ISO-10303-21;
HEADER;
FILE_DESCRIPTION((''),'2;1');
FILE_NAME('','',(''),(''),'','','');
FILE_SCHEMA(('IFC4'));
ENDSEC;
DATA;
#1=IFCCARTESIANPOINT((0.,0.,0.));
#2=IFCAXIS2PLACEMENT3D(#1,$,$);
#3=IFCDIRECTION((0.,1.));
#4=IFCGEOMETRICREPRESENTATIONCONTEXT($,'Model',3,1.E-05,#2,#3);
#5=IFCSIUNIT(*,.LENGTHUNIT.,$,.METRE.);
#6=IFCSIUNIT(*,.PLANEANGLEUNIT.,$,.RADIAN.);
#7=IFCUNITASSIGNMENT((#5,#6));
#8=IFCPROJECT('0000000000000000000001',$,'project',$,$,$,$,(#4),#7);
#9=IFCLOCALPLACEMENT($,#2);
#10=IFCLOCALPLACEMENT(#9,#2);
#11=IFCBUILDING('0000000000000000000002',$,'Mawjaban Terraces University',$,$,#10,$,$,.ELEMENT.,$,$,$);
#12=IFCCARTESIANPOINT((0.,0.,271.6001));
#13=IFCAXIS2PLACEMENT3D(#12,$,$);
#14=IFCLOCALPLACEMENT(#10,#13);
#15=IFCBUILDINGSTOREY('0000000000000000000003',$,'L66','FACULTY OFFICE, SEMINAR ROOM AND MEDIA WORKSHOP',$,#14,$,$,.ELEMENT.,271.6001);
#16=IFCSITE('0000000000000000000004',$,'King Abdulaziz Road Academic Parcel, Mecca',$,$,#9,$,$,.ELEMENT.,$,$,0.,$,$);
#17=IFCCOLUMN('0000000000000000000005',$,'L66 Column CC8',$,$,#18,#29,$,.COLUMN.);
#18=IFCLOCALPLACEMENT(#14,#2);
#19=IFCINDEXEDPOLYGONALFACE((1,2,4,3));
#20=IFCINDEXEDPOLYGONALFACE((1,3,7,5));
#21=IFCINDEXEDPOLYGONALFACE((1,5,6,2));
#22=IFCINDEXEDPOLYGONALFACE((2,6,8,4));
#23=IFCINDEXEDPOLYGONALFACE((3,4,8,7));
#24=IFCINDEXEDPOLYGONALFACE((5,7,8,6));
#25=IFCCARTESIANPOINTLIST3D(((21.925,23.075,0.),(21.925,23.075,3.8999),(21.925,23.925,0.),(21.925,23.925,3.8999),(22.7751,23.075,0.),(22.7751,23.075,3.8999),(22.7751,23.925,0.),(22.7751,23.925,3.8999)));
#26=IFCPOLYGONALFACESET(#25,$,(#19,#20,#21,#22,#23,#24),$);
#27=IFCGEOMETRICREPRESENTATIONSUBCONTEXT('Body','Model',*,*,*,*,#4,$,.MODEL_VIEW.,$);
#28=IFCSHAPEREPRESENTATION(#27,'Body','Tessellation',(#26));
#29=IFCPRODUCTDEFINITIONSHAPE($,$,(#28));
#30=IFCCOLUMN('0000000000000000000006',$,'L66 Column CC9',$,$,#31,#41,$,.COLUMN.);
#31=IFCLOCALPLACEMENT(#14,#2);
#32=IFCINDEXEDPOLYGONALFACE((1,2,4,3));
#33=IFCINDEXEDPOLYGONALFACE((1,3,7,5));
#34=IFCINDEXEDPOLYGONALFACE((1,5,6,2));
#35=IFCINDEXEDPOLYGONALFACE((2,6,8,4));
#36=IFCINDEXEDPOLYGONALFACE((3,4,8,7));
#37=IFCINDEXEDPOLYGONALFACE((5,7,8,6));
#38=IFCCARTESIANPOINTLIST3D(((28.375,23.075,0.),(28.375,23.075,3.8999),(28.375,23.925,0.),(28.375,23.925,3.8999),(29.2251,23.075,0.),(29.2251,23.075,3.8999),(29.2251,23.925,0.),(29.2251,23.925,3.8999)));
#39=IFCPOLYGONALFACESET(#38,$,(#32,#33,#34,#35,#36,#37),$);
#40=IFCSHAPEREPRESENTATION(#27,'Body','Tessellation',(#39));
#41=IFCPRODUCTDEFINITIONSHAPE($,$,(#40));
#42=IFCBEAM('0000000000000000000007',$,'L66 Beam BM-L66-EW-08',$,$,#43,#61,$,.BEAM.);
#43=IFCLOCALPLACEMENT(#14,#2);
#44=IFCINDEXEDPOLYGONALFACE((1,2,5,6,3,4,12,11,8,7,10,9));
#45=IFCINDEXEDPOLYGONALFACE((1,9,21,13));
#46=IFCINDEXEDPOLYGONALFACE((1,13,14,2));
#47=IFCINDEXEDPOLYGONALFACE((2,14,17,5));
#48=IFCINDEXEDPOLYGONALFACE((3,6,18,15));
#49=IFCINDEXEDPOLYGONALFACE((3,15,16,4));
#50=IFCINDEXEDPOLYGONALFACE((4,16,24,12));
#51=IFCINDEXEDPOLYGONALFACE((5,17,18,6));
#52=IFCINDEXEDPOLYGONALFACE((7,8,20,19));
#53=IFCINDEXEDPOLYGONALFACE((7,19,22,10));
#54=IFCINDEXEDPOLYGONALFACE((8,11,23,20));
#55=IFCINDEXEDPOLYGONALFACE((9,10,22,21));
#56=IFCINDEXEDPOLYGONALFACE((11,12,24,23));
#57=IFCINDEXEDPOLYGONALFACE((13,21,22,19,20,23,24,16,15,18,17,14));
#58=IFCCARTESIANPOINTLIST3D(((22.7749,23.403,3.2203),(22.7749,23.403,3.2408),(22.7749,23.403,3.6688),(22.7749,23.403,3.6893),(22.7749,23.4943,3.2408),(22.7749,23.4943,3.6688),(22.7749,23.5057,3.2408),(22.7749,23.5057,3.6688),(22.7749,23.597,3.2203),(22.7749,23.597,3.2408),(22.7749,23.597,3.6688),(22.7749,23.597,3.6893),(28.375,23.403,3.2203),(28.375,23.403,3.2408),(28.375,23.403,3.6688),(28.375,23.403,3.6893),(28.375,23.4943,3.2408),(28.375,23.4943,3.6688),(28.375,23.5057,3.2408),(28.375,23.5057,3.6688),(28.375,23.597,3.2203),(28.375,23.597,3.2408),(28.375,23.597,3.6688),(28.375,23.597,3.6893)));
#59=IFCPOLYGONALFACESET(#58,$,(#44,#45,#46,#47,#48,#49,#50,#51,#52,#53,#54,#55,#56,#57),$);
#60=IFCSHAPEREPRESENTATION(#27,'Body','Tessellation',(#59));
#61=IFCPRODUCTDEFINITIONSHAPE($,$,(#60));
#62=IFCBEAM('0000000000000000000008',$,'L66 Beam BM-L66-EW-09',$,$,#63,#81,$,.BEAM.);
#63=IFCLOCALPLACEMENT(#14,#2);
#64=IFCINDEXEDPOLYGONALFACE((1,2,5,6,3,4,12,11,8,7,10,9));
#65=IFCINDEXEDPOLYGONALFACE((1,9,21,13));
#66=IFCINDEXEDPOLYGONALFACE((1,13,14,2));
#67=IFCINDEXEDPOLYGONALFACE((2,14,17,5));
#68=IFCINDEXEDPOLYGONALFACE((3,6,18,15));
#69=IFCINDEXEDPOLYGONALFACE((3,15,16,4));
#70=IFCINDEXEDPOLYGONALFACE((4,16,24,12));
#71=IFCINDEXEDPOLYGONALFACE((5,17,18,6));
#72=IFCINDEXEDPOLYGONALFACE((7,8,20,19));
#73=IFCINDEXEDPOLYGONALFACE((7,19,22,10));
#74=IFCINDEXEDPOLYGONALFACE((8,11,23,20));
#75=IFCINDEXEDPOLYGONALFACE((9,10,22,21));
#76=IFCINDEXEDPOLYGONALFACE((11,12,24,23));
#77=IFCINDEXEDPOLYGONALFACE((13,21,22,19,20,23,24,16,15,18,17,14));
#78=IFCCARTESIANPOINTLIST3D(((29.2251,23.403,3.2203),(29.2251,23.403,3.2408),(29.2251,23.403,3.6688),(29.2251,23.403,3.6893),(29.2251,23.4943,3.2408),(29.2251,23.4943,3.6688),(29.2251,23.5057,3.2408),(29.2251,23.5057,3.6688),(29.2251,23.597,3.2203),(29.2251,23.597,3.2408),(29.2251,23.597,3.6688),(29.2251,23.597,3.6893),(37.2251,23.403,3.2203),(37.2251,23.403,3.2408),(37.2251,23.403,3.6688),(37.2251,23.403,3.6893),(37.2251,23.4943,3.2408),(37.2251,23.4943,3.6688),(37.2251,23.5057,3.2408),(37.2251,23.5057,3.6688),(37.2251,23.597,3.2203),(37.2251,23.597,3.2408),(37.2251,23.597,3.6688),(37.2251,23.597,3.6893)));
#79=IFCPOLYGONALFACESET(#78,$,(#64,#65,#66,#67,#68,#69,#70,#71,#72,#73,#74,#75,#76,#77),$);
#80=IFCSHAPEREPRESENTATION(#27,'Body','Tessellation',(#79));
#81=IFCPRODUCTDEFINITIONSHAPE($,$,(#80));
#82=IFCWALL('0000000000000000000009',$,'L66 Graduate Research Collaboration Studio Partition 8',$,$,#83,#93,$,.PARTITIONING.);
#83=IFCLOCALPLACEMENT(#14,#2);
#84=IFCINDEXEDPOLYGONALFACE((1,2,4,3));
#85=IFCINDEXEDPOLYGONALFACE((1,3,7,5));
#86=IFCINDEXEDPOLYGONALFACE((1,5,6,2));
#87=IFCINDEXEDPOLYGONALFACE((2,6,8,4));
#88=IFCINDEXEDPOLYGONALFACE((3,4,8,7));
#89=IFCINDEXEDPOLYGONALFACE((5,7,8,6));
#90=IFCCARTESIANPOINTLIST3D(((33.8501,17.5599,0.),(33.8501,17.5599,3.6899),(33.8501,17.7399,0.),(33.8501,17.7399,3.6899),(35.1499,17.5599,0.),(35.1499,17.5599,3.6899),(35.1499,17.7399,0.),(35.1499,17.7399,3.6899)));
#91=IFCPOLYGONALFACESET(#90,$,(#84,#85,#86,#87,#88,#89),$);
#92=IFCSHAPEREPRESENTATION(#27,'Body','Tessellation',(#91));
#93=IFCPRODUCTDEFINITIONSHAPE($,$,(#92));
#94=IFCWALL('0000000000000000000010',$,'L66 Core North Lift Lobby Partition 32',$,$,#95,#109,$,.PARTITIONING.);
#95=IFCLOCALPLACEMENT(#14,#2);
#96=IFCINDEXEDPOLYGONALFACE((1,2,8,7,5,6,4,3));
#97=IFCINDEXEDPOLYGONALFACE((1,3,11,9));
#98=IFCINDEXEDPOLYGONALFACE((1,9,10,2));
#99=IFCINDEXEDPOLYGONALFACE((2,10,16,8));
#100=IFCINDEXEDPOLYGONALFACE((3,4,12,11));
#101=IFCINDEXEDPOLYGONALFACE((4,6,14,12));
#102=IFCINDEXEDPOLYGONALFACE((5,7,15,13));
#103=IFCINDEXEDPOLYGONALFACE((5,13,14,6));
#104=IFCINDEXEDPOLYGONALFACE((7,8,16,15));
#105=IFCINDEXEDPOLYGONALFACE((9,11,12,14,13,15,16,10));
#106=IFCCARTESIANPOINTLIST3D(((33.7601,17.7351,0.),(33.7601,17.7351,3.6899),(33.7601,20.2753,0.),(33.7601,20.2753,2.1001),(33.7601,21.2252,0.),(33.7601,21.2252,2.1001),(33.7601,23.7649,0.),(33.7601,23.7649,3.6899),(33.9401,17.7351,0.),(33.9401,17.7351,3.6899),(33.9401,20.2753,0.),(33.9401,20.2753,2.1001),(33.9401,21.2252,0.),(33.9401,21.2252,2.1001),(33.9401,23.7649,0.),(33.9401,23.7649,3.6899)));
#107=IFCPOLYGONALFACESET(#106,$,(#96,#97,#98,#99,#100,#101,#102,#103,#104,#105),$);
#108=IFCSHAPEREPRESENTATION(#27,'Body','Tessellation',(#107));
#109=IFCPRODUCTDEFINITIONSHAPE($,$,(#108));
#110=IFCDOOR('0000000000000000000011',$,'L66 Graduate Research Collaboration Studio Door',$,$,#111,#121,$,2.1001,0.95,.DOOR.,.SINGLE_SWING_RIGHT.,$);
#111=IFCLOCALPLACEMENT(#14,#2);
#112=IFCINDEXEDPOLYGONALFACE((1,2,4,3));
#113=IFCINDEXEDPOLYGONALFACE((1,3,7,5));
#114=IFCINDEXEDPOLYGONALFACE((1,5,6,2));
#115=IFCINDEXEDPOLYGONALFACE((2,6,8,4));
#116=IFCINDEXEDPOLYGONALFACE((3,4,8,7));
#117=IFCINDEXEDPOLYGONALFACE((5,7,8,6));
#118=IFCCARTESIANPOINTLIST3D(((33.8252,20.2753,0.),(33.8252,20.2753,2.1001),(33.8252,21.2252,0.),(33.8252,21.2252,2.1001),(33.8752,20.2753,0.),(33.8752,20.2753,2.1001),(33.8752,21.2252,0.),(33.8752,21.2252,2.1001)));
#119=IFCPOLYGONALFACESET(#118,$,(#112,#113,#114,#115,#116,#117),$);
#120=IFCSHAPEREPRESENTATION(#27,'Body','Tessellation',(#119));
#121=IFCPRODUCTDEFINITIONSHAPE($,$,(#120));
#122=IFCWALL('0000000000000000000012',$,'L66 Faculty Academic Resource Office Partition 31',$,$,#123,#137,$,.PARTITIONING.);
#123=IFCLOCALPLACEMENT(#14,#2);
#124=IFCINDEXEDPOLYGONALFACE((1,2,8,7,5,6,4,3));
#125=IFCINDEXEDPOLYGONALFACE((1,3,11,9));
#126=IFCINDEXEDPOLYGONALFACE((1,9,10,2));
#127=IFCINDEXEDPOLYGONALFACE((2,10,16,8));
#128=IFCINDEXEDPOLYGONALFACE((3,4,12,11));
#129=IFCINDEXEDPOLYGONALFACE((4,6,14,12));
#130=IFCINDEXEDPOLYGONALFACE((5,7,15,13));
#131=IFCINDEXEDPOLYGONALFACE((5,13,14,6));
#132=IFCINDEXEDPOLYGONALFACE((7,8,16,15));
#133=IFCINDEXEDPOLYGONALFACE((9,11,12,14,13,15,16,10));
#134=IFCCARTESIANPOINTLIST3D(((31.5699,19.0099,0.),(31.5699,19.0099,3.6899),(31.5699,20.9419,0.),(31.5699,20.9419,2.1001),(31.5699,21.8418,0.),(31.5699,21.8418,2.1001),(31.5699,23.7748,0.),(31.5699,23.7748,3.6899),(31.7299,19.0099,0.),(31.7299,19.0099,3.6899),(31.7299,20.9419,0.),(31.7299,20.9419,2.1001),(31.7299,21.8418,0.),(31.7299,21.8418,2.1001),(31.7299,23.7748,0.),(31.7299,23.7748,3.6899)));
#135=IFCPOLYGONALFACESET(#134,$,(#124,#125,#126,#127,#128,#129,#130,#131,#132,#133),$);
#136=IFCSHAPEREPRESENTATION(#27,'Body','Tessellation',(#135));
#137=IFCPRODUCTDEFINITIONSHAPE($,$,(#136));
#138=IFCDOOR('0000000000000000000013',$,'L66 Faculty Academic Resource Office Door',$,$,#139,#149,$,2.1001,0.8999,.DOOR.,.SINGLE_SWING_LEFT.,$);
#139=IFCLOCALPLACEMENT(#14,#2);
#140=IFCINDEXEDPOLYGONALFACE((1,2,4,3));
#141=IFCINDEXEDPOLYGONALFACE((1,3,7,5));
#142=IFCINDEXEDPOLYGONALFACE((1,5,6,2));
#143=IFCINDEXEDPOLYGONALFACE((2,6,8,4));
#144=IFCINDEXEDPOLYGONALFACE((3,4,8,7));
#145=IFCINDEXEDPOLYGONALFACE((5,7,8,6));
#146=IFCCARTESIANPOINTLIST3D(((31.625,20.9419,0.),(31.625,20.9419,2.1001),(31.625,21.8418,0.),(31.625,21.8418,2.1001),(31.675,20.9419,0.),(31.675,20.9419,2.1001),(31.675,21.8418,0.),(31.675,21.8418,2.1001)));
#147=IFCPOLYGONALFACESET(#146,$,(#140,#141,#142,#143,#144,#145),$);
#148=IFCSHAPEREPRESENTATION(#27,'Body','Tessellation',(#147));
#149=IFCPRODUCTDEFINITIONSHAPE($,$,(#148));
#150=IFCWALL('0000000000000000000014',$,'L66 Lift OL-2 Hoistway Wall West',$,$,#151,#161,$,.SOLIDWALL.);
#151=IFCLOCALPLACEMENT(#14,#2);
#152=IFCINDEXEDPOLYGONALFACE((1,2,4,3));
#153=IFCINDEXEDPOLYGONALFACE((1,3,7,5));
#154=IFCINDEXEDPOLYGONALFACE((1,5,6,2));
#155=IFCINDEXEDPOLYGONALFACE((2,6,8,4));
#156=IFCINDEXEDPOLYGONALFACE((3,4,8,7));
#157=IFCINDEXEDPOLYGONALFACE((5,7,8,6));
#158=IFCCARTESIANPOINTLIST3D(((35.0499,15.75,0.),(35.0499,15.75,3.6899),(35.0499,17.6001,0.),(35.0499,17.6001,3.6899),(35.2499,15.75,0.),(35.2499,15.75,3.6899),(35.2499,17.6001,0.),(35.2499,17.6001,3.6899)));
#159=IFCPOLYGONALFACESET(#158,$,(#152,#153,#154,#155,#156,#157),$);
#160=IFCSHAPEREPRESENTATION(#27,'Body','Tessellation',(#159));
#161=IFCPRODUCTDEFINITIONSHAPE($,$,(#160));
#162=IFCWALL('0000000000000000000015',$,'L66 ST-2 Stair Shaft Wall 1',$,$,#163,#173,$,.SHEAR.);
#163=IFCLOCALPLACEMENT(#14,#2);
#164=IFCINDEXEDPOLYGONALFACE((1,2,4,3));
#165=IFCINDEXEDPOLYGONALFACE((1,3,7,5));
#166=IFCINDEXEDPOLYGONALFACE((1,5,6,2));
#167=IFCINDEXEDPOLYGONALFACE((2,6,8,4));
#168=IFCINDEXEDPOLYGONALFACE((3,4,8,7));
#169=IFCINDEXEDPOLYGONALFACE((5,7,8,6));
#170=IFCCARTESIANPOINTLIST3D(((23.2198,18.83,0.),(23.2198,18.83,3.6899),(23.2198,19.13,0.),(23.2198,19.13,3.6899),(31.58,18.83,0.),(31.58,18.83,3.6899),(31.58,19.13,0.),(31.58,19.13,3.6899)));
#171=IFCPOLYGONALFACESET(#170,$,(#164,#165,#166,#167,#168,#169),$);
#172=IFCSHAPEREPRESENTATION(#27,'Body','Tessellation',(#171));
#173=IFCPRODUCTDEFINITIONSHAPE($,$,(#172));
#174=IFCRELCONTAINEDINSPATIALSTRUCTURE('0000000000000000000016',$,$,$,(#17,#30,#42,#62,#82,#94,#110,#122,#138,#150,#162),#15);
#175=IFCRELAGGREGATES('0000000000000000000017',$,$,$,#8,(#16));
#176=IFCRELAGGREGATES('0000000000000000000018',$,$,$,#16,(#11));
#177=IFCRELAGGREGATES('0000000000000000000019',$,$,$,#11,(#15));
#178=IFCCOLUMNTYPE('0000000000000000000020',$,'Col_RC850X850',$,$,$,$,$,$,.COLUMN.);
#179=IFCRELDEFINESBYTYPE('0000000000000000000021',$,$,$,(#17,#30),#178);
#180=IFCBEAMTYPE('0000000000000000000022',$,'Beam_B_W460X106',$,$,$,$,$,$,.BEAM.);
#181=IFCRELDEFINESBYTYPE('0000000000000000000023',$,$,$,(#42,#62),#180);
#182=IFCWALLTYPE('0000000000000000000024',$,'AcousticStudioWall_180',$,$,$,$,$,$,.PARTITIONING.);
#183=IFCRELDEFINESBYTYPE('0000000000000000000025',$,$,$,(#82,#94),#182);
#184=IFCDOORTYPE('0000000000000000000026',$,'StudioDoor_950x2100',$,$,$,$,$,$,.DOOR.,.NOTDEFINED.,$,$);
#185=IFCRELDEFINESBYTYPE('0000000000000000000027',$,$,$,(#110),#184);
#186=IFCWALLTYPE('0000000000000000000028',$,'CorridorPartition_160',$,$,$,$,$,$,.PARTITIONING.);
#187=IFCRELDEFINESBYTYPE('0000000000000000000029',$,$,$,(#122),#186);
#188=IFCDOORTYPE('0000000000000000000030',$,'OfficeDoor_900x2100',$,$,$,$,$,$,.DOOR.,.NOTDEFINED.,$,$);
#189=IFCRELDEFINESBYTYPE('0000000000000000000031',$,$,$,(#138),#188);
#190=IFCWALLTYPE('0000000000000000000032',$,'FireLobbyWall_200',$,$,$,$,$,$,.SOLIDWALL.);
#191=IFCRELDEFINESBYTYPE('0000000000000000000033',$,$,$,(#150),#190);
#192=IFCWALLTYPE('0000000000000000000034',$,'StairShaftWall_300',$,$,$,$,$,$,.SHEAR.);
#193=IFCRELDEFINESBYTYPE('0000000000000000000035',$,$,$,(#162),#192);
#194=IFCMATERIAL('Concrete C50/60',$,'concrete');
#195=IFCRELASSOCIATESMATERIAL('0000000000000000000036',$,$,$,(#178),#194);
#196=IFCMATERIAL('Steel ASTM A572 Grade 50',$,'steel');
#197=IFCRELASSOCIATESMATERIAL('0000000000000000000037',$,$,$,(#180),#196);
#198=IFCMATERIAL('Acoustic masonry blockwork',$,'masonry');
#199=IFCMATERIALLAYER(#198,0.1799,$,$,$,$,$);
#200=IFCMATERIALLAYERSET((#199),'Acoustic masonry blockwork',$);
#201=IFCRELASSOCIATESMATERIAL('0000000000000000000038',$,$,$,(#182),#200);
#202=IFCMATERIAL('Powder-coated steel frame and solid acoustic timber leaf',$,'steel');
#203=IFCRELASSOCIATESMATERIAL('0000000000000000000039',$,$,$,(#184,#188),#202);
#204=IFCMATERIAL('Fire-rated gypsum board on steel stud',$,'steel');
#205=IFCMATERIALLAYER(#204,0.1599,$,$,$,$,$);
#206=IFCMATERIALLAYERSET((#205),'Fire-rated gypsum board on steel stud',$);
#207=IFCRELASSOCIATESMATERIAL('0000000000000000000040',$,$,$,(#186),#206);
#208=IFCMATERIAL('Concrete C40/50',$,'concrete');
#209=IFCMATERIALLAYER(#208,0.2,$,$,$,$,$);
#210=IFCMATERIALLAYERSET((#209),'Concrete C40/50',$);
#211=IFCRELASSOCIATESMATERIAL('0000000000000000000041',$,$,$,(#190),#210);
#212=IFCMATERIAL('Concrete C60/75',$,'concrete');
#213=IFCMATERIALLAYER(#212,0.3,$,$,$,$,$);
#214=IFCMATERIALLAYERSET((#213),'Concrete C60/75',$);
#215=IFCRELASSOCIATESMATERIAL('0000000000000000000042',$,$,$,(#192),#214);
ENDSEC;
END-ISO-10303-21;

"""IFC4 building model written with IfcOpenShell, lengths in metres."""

from ifc_helpers import new_model, si_unit, direction, frame, frame_2d, origin, origin_2d, place, context, subcontext, project, spatial, rectangle, i_section, extrude, material, layer, layer_set, material_profile, profile_set, type_object, element, fill, save


model = new_model("IFC4")

# Units and contexts
model_context = context("Model", 3, precision=1e-05, world=origin(), true_north=direction((0.0, 1.0)))
body_context = subcontext(model_context, "Body", "Model", "MODEL_VIEW")
ifc_project = project(units=[si_unit("LENGTHUNIT", "METRE"), si_unit("PLANEANGLEUNIT", "RADIAN")], contexts=[model_context])

# Site, building, storey
site_placement = place(None, origin())
site = spatial("IfcSite", under=ifc_project, at=site_placement, Name="King Abdulaziz Road Academic Parcel, Mecca", CompositionType="ELEMENT", RefElevation=0.0)
building_placement = place(site_placement, origin())
building = spatial("IfcBuilding", under=site, at=building_placement, Name="Mawjaban Terraces University", CompositionType="ELEMENT")
storey_placement = place(building_placement, frame((0.0, 0.0, 271.6001)))
storey = spatial("IfcBuildingStorey", under=building, at=storey_placement, Name="L66", Description="FACULTY OFFICE, SEMINAR ROOM AND MEDIA WORKSHOP", CompositionType="ELEMENT", Elevation=271.6001)

# Columns
ifc_material_1 = material(Name="Concrete C50/60", Category="concrete")
ifc_material_profile_1 = material_profile(ifc_material_1, rectangle(XDim=0.8501, YDim=0.8501, at=origin_2d()), Name="RC850X850")
ifc_profile_set_1 = profile_set([ifc_material_profile_1], Name="Concrete C50/60")
column_type = type_object("IfcColumnType", Name="Col_RC850X850", PredefinedType="COLUMN", material=ifc_profile_set_1)
for number, where, z_axis, x_axis, name in (
    (1, (22.3501, 23.5, 0.0), (0.0, 0.0, 1.0), (1.0, 0.0, 0.0), "L66 Column CC8"),
    (2, (28.8, 23.5, 0.0), (0.0, 0.0, 1.0), (1.0, 0.0, 0.0), "L66 Column CC9"),
):
    element("IfcColumn", number, at=place(storey_placement, frame(where, z_axis=z_axis, x_axis=x_axis)), inside=storey, type_object=column_type, Name=name, PredefinedType="COLUMN", context=body_context, shape_type="SweptSolid", body=[
        extrude(rectangle(XDim=0.8501, YDim=0.8501, at=origin_2d()), origin(), (0.0, 0.0, 1.0), 3.8999),
    ])

# Beams
ifc_material_2 = material(Name="Steel ASTM A572 Grade 50", Category="steel")
ifc_material_profile_2 = material_profile(ifc_material_2, i_section(OverallWidth=0.1941, OverallDepth=0.469, WebThickness=0.0115, FlangeThickness=0.0205, at=origin_2d()), Name="W460X106")
ifc_profile_set_2 = profile_set([ifc_material_profile_2], Name="Steel ASTM A572 Grade 50")
beam_type = type_object("IfcBeamType", Name="Beam_B_W460X106", PredefinedType="BEAM", material=ifc_profile_set_2)
beam_1_placement = place(storey_placement, frame((22.7749, 23.5, 3.4548), z_axis=(1.0, 0.0, 0.0), x_axis=(0.0, 1.0, 0.0)))
element("IfcBeam", 3, at=beam_1_placement, inside=storey, type_object=beam_type, Name="L66 Beam BM-L66-EW-08", PredefinedType="BEAM", context=body_context, shape_type="SweptSolid", body=[
    extrude(i_section(OverallWidth=0.1941, OverallDepth=0.469, WebThickness=0.0115, FlangeThickness=0.0205, at=origin_2d()), origin(), (0.0, 0.0, 1.0), 5.6001),
])
beam_2_placement = place(storey_placement, frame((29.2251, 23.5, 3.4548), z_axis=(1.0, 0.0, 0.0), x_axis=(0.0, 1.0, 0.0)))
element("IfcBeam", 4, at=beam_2_placement, inside=storey, type_object=beam_type, Name="L66 Beam BM-L66-EW-09", PredefinedType="BEAM", context=body_context, shape_type="SweptSolid", body=[
    extrude(i_section(OverallWidth=0.1941, OverallDepth=0.469, WebThickness=0.0115, FlangeThickness=0.0205, at=origin_2d()), origin(), (0.0, 0.0, 1.0), 8.0),
])

# Wall
ifc_material_3 = material(Name="Acoustic masonry blockwork", Category="masonry")
ifc_layer_1 = layer(ifc_material_3, 0.1799)
ifc_layer_set_1 = layer_set([ifc_layer_1], Name="Acoustic masonry blockwork")
wall_type_1 = type_object("IfcWallType", Name="AcousticStudioWall_180", PredefinedType="PARTITIONING", material=ifc_layer_set_1)
wall_1_placement = place(storey_placement, frame((33.8501, 17.6499, 0.0), z_axis=(0.0, 0.0, 1.0), x_axis=(1.0, 0.0, 0.0)))
element("IfcWall", 5, at=wall_1_placement, inside=storey, type_object=wall_type_1, Name="L66 Graduate Research Collaboration Studio Partition 8", PredefinedType="PARTITIONING", context=body_context, shape_type="SweptSolid", body=[
    extrude(rectangle(XDim=1.2998, YDim=0.1799, at=frame_2d((0.6499, 0.0))), origin(), (0.0, 0.0, 1.0), 3.6899),
])

# Walls, openings, doors
wall_2_placement = place(storey_placement, frame((33.8501, 17.7351, 0.0), z_axis=(0.0, 0.0, 1.0), x_axis=(0.0, 1.0, 0.0)))
wall_2 = element("IfcWall", 6, at=wall_2_placement, inside=storey, type_object=wall_type_1, Name="L66 Core North Lift Lobby Partition 32", PredefinedType="PARTITIONING", context=body_context, shape_type="SweptSolid", body=[
    extrude(rectangle(XDim=6.0298, YDim=0.1799, at=frame_2d((3.0149, 0.0))), origin(), (0.0, 0.0, 1.0), 3.6899),
])
opening_1_placement = place(wall_2_placement, frame((2.54, 0.0, 0.0)))
opening_1 = element("IfcOpeningElement", 7, at=opening_1_placement, cuts=wall_2, PredefinedType="OPENING", context=body_context, shape_type="SweptSolid", body=[
    extrude(rectangle(XDim=0.95, YDim=2.1001, at=frame_2d((0.4751, 1.05))), frame((0.0, 0.0999, 0.0), z_axis=(0.0, -1.0, 0.0), x_axis=(1.0, 0.0, 0.0)), (0.0, 0.0, 1.0), 0.2),
])
ifc_material_4 = material(Name="Powder-coated steel frame and solid acoustic timber leaf", Category="steel")
door_type_1 = type_object("IfcDoorType", Name="StudioDoor_950x2100", OperationType="NOTDEFINED", PredefinedType="DOOR", material=ifc_material_4)
door_1_placement = place(opening_1_placement, origin())
door_1 = element("IfcDoor", 8, at=door_1_placement, inside=storey, type_object=door_type_1, Name="L66 Graduate Research Collaboration Studio Door", OperationType="SINGLE_SWING_RIGHT", OverallHeight=2.1001, OverallWidth=0.95, PredefinedType="DOOR", context=body_context, shape_type="SweptSolid", body=[
    extrude(rectangle(XDim=0.95, YDim=2.1001, at=frame_2d((0.4751, 1.05))), frame((0.0, 0.0249, 0.0), z_axis=(0.0, -1.0, 0.0), x_axis=(1.0, 0.0, 0.0)), (0.0, 0.0, 1.0), 0.05),
])
fill(opening_1, door_1)
ifc_material_5 = material(Name="Fire-rated gypsum board on steel stud", Category="steel")
ifc_layer_2 = layer(ifc_material_5, 0.1599)
ifc_layer_set_2 = layer_set([ifc_layer_2], Name="Fire-rated gypsum board on steel stud")
wall_type_2 = type_object("IfcWallType", Name="CorridorPartition_160", PredefinedType="PARTITIONING", material=ifc_layer_set_2)
wall_3_placement = place(storey_placement, frame((31.6499, 19.01, 0.0), z_axis=(0.0, 0.0, 1.0), x_axis=(0.0, 1.0, 0.0)))
wall_3 = element("IfcWall", 9, at=wall_3_placement, inside=storey, type_object=wall_type_2, Name="L66 Faculty Academic Resource Office Partition 31", PredefinedType="PARTITIONING", context=body_context, shape_type="SweptSolid", body=[
    extrude(rectangle(XDim=4.7649, YDim=0.1599, at=frame_2d((2.3823, 0.0))), origin(), (0.0, 0.0, 1.0), 3.6899),
])
opening_2_placement = place(wall_3_placement, frame((1.9319, 0.0, 0.0)))
opening_2 = element("IfcOpeningElement", 10, at=opening_2_placement, cuts=wall_3, PredefinedType="OPENING", context=body_context, shape_type="SweptSolid", body=[
    extrude(rectangle(XDim=0.8999, YDim=2.1001, at=frame_2d((0.45, 1.05))), frame((0.0, 0.0898, 0.0), z_axis=(0.0, -1.0, 0.0), x_axis=(1.0, 0.0, 0.0)), (0.0, 0.0, 1.0), 0.1799),
])
door_type_2 = type_object("IfcDoorType", Name="OfficeDoor_900x2100", OperationType="NOTDEFINED", PredefinedType="DOOR", material=ifc_material_4)
door_2_placement = place(opening_2_placement, origin())
door_2 = element("IfcDoor", 11, at=door_2_placement, inside=storey, type_object=door_type_2, Name="L66 Faculty Academic Resource Office Door", OperationType="SINGLE_SWING_LEFT", OverallHeight=2.1001, OverallWidth=0.8999, PredefinedType="DOOR", context=body_context, shape_type="SweptSolid", body=[
    extrude(rectangle(XDim=0.8999, YDim=2.1001, at=frame_2d((0.45, 1.05))), frame((0.0, 0.0249, 0.0), z_axis=(0.0, -1.0, 0.0), x_axis=(1.0, 0.0, 0.0)), (0.0, 0.0, 1.0), 0.05),
])
fill(opening_2, door_2)

# Walls
ifc_material_6 = material(Name="Concrete C40/50", Category="concrete")
ifc_layer_3 = layer(ifc_material_6, 0.2)
ifc_layer_set_3 = layer_set([ifc_layer_3], Name="Concrete C40/50")
wall_type_3 = type_object("IfcWallType", Name="FireLobbyWall_200", PredefinedType="SOLIDWALL", material=ifc_layer_set_3)
wall_4_placement = place(storey_placement, frame((35.1499, 17.6001, 0.0), z_axis=(0.0, 0.0, 1.0), x_axis=(0.0, -1.0, 0.0)))
element("IfcWall", 12, at=wall_4_placement, inside=storey, type_object=wall_type_3, Name="L66 Lift OL-2 Hoistway Wall West", PredefinedType="SOLIDWALL", context=body_context, shape_type="SweptSolid", body=[
    extrude(rectangle(XDim=1.8501, YDim=0.2, at=frame_2d((0.925, 0.0))), origin(), (0.0, 0.0, 1.0), 3.6899),
])
ifc_material_7 = material(Name="Concrete C60/75", Category="concrete")
ifc_layer_4 = layer(ifc_material_7, 0.3)
ifc_layer_set_4 = layer_set([ifc_layer_4], Name="Concrete C60/75")
wall_type_4 = type_object("IfcWallType", Name="StairShaftWall_300", PredefinedType="SHEAR", material=ifc_layer_set_4)
wall_5_placement = place(storey_placement, frame((31.5801, 18.98, 0.0), z_axis=(0.0, 0.0, 1.0), x_axis=(-1.0, 0.0, 0.0)))
element("IfcWall", 13, at=wall_5_placement, inside=storey, type_object=wall_type_4, Name="L66 ST-2 Stair Shaft Wall 1", PredefinedType="SHEAR", context=body_context, shape_type="SweptSolid", body=[
    extrude(rectangle(XDim=8.3601, YDim=0.3, at=frame_2d((4.1802, 0.0))), origin(), (0.0, 0.0, 1.0), 3.6899),
])

save(model, "model.ifc")
